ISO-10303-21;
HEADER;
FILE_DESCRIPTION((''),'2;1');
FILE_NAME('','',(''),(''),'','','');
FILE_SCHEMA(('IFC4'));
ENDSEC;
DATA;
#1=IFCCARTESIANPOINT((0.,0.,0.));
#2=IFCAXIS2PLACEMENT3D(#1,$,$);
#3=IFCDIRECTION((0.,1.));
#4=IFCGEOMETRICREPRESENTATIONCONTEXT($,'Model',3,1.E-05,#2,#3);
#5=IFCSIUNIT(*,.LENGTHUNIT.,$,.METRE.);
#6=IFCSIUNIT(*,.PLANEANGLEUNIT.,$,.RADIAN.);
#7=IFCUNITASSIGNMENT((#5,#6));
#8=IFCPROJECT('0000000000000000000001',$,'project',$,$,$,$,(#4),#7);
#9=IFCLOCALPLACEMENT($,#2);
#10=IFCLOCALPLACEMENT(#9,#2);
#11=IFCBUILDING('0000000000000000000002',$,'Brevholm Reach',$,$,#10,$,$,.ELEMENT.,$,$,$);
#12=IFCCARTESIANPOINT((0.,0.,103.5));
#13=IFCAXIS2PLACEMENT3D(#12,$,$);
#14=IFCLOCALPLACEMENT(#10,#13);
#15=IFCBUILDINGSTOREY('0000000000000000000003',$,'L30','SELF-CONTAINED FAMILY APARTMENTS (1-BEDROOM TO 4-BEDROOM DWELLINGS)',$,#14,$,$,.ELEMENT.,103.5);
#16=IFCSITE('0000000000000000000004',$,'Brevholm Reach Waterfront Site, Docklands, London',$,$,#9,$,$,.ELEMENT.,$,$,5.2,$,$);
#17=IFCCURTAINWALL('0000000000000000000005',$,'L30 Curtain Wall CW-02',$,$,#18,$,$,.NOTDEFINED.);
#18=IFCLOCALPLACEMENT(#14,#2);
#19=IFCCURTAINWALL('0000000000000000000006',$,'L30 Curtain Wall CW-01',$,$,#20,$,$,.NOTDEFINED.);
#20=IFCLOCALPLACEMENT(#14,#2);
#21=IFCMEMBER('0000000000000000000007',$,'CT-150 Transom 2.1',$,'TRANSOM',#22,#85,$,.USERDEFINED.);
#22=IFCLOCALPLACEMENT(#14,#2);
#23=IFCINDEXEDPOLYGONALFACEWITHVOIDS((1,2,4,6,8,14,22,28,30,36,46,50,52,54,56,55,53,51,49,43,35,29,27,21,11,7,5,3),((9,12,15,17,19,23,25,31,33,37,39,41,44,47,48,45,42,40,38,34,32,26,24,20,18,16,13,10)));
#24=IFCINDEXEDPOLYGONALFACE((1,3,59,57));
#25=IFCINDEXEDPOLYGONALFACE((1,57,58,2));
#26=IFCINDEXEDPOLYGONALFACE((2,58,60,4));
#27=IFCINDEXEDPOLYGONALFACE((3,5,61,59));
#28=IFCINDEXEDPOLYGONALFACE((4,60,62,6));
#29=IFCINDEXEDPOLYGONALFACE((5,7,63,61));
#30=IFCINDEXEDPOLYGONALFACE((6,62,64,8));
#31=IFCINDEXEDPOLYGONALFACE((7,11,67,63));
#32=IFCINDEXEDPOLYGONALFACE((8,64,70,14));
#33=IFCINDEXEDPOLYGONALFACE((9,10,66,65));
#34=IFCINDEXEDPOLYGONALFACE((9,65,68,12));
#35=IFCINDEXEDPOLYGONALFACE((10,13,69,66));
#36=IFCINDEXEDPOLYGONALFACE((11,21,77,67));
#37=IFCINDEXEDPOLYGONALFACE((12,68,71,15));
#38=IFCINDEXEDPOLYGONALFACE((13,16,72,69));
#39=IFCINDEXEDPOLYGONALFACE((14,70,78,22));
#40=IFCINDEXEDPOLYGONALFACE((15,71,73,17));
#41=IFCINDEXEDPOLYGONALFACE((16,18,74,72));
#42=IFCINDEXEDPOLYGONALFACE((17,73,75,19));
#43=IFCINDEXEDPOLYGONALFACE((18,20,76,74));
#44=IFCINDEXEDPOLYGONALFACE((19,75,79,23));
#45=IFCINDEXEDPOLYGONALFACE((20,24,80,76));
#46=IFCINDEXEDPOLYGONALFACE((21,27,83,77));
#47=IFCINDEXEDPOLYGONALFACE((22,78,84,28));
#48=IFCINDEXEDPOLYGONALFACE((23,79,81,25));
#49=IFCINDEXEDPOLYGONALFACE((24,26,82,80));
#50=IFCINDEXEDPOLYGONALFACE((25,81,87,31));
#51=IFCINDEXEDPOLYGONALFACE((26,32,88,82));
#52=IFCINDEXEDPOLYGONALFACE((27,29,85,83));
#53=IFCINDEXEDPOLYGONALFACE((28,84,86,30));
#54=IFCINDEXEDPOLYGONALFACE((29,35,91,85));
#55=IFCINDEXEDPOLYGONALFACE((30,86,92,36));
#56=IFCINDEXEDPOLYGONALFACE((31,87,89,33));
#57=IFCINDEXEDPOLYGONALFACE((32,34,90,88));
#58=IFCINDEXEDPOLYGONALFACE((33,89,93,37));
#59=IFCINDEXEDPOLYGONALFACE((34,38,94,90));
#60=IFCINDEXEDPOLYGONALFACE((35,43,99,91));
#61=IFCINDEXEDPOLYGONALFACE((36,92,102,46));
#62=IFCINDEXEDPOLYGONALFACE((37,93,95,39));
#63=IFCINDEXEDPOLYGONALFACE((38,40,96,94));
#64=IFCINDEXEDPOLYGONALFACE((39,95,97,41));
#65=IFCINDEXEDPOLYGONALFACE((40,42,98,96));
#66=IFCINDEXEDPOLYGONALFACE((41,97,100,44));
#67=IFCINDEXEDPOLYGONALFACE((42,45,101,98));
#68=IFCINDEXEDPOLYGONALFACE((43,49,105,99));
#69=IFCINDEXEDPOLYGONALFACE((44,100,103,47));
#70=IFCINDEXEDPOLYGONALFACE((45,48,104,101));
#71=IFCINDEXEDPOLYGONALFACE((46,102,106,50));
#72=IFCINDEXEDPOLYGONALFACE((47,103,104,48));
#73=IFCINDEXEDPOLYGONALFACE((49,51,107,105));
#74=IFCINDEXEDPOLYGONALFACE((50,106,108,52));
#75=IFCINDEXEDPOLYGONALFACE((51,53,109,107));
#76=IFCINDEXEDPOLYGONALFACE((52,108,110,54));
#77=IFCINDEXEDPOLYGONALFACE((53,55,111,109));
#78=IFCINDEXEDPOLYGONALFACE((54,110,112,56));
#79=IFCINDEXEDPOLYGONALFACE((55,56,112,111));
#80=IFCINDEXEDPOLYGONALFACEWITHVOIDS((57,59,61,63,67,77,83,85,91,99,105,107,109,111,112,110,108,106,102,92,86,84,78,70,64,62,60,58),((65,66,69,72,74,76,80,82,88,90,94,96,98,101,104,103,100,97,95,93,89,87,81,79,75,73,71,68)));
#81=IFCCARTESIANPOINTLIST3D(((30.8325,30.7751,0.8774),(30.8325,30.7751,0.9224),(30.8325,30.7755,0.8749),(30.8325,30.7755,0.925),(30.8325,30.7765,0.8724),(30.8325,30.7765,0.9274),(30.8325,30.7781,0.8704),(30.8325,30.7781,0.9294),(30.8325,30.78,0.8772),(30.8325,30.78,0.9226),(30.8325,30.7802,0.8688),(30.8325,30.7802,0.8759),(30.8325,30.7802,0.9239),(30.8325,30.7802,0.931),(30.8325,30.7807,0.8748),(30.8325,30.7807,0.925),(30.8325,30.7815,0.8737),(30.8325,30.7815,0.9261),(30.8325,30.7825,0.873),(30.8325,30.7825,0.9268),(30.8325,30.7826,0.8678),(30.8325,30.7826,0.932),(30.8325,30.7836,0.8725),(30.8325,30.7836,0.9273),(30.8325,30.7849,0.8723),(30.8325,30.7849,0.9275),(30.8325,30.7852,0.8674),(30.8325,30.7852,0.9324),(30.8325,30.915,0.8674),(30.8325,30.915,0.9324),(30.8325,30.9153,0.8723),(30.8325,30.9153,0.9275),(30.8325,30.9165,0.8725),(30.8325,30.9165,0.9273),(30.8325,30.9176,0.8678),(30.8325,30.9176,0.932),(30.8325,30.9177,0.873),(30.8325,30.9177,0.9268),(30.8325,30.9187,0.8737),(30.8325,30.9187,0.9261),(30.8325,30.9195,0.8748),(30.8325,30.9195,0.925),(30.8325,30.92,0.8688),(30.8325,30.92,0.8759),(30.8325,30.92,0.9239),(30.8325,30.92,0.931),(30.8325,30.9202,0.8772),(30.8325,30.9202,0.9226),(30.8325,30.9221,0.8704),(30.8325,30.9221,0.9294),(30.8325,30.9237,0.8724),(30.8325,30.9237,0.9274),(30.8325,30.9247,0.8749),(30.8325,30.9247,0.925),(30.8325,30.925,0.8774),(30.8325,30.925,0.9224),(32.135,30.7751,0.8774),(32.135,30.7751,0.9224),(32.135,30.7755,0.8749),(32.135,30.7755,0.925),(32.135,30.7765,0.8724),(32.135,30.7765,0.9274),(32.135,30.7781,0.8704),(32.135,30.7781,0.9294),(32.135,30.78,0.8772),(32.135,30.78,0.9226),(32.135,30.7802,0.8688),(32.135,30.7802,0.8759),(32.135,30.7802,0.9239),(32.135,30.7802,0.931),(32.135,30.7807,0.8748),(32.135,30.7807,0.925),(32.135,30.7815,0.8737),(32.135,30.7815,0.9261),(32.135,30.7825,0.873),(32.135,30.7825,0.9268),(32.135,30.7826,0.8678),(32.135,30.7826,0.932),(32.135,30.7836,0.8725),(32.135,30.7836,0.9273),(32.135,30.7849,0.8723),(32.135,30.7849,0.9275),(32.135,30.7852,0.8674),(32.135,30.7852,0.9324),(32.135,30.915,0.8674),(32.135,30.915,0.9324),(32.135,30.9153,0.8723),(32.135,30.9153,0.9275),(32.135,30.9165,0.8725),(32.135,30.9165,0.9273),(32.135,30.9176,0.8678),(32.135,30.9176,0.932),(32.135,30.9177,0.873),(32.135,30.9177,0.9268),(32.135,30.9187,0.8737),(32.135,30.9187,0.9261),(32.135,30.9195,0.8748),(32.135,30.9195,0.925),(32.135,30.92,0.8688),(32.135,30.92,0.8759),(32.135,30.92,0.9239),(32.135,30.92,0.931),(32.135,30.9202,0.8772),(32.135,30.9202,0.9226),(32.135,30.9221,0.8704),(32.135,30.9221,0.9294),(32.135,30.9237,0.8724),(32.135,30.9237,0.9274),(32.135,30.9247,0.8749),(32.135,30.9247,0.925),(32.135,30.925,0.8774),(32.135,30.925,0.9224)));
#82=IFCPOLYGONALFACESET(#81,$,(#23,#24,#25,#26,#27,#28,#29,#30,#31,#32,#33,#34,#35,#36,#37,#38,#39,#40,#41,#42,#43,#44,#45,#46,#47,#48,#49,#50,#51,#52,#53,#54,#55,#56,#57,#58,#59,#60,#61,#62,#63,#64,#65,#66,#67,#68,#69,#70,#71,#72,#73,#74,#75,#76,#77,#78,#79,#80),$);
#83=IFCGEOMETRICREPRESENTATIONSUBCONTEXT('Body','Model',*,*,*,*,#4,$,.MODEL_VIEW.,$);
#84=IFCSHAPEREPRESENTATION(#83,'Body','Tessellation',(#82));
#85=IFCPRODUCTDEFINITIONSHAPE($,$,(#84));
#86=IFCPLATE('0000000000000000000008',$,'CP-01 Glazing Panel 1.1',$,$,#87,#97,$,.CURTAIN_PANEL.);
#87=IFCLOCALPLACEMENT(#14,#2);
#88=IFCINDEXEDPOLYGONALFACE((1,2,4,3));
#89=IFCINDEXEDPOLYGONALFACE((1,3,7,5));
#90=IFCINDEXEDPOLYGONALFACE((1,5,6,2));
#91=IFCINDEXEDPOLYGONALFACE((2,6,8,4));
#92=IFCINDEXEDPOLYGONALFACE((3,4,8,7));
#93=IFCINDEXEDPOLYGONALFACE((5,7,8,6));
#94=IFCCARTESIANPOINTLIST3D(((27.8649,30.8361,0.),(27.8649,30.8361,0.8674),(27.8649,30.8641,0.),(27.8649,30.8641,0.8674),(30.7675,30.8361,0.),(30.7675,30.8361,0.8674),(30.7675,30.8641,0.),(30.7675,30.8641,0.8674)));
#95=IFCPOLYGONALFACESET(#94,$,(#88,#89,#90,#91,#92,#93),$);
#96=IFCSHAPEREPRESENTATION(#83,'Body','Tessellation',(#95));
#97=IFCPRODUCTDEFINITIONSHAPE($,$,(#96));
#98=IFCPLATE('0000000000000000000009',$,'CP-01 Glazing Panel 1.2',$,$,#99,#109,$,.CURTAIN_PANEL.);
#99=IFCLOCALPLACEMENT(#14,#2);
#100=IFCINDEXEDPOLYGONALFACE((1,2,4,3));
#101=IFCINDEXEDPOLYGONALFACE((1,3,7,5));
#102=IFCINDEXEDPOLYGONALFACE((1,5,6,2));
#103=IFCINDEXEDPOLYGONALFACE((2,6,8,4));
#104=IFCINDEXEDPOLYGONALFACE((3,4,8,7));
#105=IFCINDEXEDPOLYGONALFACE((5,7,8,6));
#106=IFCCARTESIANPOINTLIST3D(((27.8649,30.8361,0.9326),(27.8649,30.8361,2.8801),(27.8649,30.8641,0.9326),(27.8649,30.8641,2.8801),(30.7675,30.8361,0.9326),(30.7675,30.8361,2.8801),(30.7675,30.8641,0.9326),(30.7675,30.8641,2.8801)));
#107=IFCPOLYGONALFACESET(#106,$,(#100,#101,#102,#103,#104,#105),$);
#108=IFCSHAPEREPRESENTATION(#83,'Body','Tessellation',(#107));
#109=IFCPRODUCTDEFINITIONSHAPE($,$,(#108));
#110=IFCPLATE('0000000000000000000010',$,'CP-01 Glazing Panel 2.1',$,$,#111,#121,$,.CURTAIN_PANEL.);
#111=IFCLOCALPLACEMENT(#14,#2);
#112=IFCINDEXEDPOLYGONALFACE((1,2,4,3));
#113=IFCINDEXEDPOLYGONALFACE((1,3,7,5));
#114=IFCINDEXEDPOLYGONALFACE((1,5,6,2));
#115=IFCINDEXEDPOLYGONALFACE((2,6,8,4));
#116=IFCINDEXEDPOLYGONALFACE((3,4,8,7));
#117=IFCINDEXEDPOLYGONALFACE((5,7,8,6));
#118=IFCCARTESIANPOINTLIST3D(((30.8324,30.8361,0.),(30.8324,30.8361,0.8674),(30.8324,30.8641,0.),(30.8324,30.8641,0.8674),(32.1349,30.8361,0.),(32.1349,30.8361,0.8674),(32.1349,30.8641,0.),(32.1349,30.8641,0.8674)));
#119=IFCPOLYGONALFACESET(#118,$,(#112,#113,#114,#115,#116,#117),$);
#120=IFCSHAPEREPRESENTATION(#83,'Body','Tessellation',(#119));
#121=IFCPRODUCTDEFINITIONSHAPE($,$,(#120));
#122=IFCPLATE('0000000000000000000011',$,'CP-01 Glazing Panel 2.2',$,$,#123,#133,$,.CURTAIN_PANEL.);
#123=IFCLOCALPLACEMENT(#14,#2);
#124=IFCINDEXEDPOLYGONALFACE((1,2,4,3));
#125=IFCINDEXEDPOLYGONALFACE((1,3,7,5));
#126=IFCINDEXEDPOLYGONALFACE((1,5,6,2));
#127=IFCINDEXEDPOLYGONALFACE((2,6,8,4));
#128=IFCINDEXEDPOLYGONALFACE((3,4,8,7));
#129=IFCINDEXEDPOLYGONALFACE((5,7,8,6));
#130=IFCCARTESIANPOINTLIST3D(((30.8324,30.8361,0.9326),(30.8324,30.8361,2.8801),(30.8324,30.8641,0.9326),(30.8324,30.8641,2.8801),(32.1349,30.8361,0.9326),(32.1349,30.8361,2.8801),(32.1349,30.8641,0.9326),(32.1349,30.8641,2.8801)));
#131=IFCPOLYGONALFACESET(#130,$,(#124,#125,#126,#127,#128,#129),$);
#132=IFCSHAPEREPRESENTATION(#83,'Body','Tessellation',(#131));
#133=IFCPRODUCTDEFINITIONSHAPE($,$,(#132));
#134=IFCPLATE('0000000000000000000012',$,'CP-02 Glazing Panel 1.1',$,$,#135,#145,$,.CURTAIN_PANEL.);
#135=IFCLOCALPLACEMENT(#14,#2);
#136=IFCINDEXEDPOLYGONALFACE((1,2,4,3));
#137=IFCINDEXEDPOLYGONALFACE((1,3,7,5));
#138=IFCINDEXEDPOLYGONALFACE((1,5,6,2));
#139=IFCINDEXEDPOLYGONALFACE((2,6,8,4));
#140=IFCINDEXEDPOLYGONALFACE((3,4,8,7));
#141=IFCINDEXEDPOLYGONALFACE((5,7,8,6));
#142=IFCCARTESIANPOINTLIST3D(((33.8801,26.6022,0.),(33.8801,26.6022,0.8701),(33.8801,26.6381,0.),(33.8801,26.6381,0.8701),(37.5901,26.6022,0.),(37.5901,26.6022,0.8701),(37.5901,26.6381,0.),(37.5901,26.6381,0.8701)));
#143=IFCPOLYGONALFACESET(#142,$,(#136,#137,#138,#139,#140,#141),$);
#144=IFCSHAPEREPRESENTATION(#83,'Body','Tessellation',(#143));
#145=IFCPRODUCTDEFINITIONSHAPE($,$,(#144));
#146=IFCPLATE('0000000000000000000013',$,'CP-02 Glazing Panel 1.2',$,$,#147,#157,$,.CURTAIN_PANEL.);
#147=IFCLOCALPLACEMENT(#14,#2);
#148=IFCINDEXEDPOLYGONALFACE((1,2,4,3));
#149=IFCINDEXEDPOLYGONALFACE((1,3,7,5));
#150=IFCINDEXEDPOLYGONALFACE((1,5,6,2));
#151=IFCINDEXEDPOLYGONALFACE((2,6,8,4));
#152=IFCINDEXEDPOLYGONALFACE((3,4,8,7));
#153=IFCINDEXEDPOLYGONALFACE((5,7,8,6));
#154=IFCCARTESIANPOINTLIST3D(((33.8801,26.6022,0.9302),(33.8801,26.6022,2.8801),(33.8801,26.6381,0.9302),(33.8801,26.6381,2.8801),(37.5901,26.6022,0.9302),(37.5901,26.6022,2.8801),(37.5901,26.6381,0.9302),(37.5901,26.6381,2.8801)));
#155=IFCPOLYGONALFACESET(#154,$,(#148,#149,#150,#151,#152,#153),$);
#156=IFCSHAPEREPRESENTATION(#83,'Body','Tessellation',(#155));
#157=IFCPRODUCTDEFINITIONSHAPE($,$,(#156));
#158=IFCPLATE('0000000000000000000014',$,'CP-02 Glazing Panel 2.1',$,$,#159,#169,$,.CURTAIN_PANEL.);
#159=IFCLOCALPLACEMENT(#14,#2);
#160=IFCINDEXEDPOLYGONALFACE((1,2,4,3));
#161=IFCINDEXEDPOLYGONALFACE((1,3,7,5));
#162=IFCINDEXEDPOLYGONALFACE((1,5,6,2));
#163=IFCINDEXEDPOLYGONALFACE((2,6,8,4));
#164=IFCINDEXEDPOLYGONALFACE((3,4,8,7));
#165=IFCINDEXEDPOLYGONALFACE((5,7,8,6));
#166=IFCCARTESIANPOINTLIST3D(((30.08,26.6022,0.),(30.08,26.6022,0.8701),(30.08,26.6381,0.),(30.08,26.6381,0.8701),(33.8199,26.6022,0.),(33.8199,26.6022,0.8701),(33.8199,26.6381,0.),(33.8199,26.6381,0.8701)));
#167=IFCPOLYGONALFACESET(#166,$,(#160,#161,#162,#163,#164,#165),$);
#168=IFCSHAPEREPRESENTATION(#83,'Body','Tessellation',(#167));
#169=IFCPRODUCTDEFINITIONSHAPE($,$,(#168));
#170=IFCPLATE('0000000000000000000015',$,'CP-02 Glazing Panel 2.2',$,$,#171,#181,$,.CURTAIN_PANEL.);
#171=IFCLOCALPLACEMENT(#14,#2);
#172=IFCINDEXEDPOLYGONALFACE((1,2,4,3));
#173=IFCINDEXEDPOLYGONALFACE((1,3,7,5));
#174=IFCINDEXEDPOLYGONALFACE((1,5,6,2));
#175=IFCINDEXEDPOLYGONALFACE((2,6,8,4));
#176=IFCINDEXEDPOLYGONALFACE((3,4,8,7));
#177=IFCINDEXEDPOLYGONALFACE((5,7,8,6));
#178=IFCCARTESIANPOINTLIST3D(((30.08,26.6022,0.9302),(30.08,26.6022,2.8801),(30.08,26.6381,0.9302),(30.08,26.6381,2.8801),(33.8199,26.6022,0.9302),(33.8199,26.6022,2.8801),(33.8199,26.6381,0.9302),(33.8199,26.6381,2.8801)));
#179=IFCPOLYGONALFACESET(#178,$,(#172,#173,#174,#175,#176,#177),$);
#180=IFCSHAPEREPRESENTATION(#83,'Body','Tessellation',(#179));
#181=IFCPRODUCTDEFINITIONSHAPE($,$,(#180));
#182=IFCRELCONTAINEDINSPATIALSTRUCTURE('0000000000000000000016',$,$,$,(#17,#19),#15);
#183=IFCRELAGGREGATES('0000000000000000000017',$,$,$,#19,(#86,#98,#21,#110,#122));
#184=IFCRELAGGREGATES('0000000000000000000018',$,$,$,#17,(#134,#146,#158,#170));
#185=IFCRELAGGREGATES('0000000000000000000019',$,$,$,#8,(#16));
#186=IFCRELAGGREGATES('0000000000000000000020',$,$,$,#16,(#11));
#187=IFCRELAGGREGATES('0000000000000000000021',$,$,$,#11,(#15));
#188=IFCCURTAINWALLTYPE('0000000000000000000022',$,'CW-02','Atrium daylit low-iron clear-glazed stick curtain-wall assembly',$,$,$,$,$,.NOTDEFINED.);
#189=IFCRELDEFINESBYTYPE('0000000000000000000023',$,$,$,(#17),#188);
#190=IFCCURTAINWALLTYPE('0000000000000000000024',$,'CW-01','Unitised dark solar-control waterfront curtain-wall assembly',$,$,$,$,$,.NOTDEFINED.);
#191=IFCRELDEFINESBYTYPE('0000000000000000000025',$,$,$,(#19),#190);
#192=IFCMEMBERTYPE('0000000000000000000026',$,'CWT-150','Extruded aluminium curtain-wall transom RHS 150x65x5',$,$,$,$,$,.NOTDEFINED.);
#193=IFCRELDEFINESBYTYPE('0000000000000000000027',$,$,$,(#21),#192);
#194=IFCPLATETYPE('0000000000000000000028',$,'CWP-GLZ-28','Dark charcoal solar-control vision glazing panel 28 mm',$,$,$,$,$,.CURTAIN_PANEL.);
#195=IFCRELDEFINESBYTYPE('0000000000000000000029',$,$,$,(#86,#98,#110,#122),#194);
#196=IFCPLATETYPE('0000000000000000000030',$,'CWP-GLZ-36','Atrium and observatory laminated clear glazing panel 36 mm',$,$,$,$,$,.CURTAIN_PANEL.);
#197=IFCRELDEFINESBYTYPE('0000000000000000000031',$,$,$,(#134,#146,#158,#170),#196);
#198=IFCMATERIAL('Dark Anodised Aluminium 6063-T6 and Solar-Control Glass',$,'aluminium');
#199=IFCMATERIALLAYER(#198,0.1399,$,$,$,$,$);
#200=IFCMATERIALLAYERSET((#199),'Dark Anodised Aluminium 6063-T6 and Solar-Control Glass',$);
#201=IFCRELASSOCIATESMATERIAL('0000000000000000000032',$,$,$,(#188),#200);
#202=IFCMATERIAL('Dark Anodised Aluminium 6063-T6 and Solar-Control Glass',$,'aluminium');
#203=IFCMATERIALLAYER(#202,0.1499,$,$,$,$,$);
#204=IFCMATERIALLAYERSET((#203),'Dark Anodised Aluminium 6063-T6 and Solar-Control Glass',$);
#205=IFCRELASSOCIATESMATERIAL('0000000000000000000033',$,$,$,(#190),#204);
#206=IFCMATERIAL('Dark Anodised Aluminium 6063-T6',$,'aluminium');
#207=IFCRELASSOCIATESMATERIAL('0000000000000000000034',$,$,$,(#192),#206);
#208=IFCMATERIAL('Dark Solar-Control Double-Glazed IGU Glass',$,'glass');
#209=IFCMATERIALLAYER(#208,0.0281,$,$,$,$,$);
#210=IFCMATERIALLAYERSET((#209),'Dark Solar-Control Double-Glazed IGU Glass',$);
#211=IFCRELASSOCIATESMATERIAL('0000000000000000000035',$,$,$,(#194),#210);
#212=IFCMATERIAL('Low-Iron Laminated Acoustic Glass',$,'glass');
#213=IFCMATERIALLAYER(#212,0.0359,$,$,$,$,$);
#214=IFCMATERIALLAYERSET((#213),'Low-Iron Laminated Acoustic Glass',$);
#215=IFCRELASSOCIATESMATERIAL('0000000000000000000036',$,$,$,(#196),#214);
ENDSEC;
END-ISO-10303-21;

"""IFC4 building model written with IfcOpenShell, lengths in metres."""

from ifc_helpers import new_model, si_unit, direction, frame, origin, origin_2d, place, context, subcontext, project, spatial, rectangle, hollow_rectangle, extrude, material, layer, layer_set, material_profile, profile_set, type_object, element, aggregate, save


model = new_model("IFC4")

# Units and contexts
model_context = context("Model", 3, precision=1e-05, world=origin(), true_north=direction((0.0, 1.0)))
body_context = subcontext(model_context, "Body", "Model", "MODEL_VIEW")
ifc_project = project(units=[si_unit("LENGTHUNIT", "METRE"), si_unit("PLANEANGLEUNIT", "RADIAN")], contexts=[model_context])

# Site, building, storey
site_placement = place(None, origin())
site = spatial("IfcSite", under=ifc_project, at=site_placement, Name="Brevholm Reach Waterfront Site, Docklands, London", CompositionType="ELEMENT", RefElevation=5.2)
building_placement = place(site_placement, origin())
building = spatial("IfcBuilding", under=site, at=building_placement, Name="Brevholm Reach", CompositionType="ELEMENT")
storey_placement = place(building_placement, frame((0.0, 0.0, 103.5)))
storey = spatial("IfcBuildingStorey", under=building, at=storey_placement, Name="L30", Description="SELF-CONTAINED FAMILY APARTMENTS (1-BEDROOM TO 4-BEDROOM DWELLINGS)", CompositionType="ELEMENT", Elevation=103.5)

# Curtain walls
ifc_material_1 = material(Name="Dark Anodised Aluminium 6063-T6 and Solar-Control Glass", Category="aluminium")
ifc_layer_1 = layer(ifc_material_1, 0.1399)
ifc_layer_set_1 = layer_set([ifc_layer_1], Name="Dark Anodised Aluminium 6063-T6 and Solar-Control Glass")
curtain_wall_type_1 = type_object("IfcCurtainWallType", Name="CW-02", Description="Atrium daylit low-iron clear-glazed stick curtain-wall assembly", PredefinedType="NOTDEFINED", material=ifc_layer_set_1)
curtain_wall_1_placement = place(storey_placement, origin())
curtain_wall_1 = element("IfcCurtainWall", 1, at=curtain_wall_1_placement, inside=storey, type_object=curtain_wall_type_1, Name="L30 Curtain Wall CW-02", PredefinedType="NOTDEFINED")
ifc_material_2 = material(Name="Dark Anodised Aluminium 6063-T6 and Solar-Control Glass", Category="aluminium")
ifc_layer_2 = layer(ifc_material_2, 0.1499)
ifc_layer_set_2 = layer_set([ifc_layer_2], Name="Dark Anodised Aluminium 6063-T6 and Solar-Control Glass")
curtain_wall_type_2 = type_object("IfcCurtainWallType", Name="CW-01", Description="Unitised dark solar-control waterfront curtain-wall assembly", PredefinedType="NOTDEFINED", material=ifc_layer_set_2)
curtain_wall_2_placement = place(storey_placement, origin())
curtain_wall_2 = element("IfcCurtainWall", 2, at=curtain_wall_2_placement, inside=storey, type_object=curtain_wall_type_2, Name="L30 Curtain Wall CW-01", PredefinedType="NOTDEFINED")

# Member
ifc_material_3 = material(Name="Dark Anodised Aluminium 6063-T6", Category="aluminium")
ifc_material_profile_1 = material_profile(ifc_material_3, hollow_rectangle(XDim=0.0649, YDim=0.1499, WallThickness=0.0049, InnerFilletRadius=0.0049, OuterFilletRadius=0.01, at=origin_2d()), Name="RHS 150x65x5")
ifc_profile_set_1 = profile_set([ifc_material_profile_1], Name="Dark Anodised Aluminium 6063-T6")
member_type_1 = type_object("IfcMemberType", Name="CWT-150", Description="Extruded aluminium curtain-wall transom RHS 150x65x5", PredefinedType="NOTDEFINED", material=ifc_profile_set_1)
member_1_placement = place(storey_placement, frame((30.8325, 30.8501, 0.8999), z_axis=(1.0, 0.0, 0.0), x_axis=(0.0, 0.0, 1.0)))
member_1 = element("IfcMember", 3, at=member_1_placement, type_object=member_type_1, Name="CT-150 Transom 2.1", ObjectType="TRANSOM", PredefinedType="USERDEFINED", context=body_context, shape_type="SweptSolid", body=[
    extrude(hollow_rectangle(XDim=0.0649, YDim=0.1499, WallThickness=0.0049, InnerFilletRadius=0.0049, OuterFilletRadius=0.01, at=origin_2d()), origin(), (0.0, 0.0, 1.0), 1.3025),
])

# Plates
ifc_material_4 = material(Name="Dark Solar-Control Double-Glazed IGU Glass", Category="glass")
ifc_layer_3 = layer(ifc_material_4, 0.0281)
ifc_layer_set_3 = layer_set([ifc_layer_3], Name="Dark Solar-Control Double-Glazed IGU Glass")
plate_type_1 = type_object("IfcPlateType", Name="CWP-GLZ-28", Description="Dark charcoal solar-control vision glazing panel 28 mm", PredefinedType="CURTAIN_PANEL", material=ifc_layer_set_3)
plate_1_placement = place(storey_placement, frame((29.3162, 30.8501, 0.0), z_axis=(0.0, 0.0, 1.0), x_axis=(1.0, 0.0, 0.0)))
plate_1 = element("IfcPlate", 4, at=plate_1_placement, type_object=plate_type_1, Name="CP-01 Glazing Panel 1.1", PredefinedType="CURTAIN_PANEL", context=body_context, shape_type="SweptSolid", body=[
    extrude(rectangle(XDim=2.9026, YDim=0.0281, at=origin_2d()), origin(), (0.0, 0.0, 1.0), 0.8674),
])
plate_2_placement = place(storey_placement, frame((29.3162, 30.8501, 0.9326), z_axis=(0.0, 0.0, 1.0), x_axis=(1.0, 0.0, 0.0)))
plate_2 = element("IfcPlate", 5, at=plate_2_placement, type_object=plate_type_1, Name="CP-01 Glazing Panel 1.2", PredefinedType="CURTAIN_PANEL", context=body_context, shape_type="SweptSolid", body=[
    extrude(rectangle(XDim=2.9026, YDim=0.0281, at=origin_2d()), origin(), (0.0, 0.0, 1.0), 1.9475),
])
plate_3_placement = place(storey_placement, frame((31.4836, 30.8501, 0.0), z_axis=(0.0, 0.0, 1.0), x_axis=(1.0, 0.0, 0.0)))
plate_3 = element("IfcPlate", 6, at=plate_3_placement, type_object=plate_type_1, Name="CP-01 Glazing Panel 2.1", PredefinedType="CURTAIN_PANEL", context=body_context, shape_type="SweptSolid", body=[
    extrude(rectangle(XDim=1.3025, YDim=0.0281, at=origin_2d()), origin(), (0.0, 0.0, 1.0), 0.8674),
])
plate_4_placement = place(storey_placement, frame((31.4836, 30.8501, 0.9326), z_axis=(0.0, 0.0, 1.0), x_axis=(1.0, 0.0, 0.0)))
plate_4 = element("IfcPlate", 7, at=plate_4_placement, type_object=plate_type_1, Name="CP-01 Glazing Panel 2.2", PredefinedType="CURTAIN_PANEL", context=body_context, shape_type="SweptSolid", body=[
    extrude(rectangle(XDim=1.3025, YDim=0.0281, at=origin_2d()), origin(), (0.0, 0.0, 1.0), 1.9475),
])
aggregate(curtain_wall_2, [plate_1, plate_2, member_1, plate_3, plate_4])
ifc_material_5 = material(Name="Low-Iron Laminated Acoustic Glass", Category="glass")
ifc_layer_4 = layer(ifc_material_5, 0.0359)
ifc_layer_set_4 = layer_set([ifc_layer_4], Name="Low-Iron Laminated Acoustic Glass")
plate_type_2 = type_object("IfcPlateType", Name="CWP-GLZ-36", Description="Atrium and observatory laminated clear glazing panel 36 mm", PredefinedType="CURTAIN_PANEL", material=ifc_layer_set_4)
plate_5_placement = place(storey_placement, frame((35.7351, 26.6201, 0.0), z_axis=(0.0, 0.0, 1.0), x_axis=(-1.0, 0.0, 0.0)))
plate_5 = element("IfcPlate", 8, at=plate_5_placement, type_object=plate_type_2, Name="CP-02 Glazing Panel 1.1", PredefinedType="CURTAIN_PANEL", context=body_context, shape_type="SweptSolid", body=[
    extrude(rectangle(XDim=3.71, YDim=0.0359, at=origin_2d()), origin(), (0.0, 0.0, 1.0), 0.8701),
])
plate_6_placement = place(storey_placement, frame((35.7351, 26.6201, 0.9302), z_axis=(0.0, 0.0, 1.0), x_axis=(-1.0, 0.0, 0.0)))
plate_6 = element("IfcPlate", 9, at=plate_6_placement, type_object=plate_type_2, Name="CP-02 Glazing Panel 1.2", PredefinedType="CURTAIN_PANEL", context=body_context, shape_type="SweptSolid", body=[
    extrude(rectangle(XDim=3.71, YDim=0.0359, at=origin_2d()), origin(), (0.0, 0.0, 1.0), 1.95),
])
plate_7_placement = place(storey_placement, frame((31.95, 26.6201, 0.0), z_axis=(0.0, 0.0, 1.0), x_axis=(-1.0, 0.0, 0.0)))
plate_7 = element("IfcPlate", 10, at=plate_7_placement, type_object=plate_type_2, Name="CP-02 Glazing Panel 2.1", PredefinedType="CURTAIN_PANEL", context=body_context, shape_type="SweptSolid", body=[
    extrude(rectangle(XDim=3.74, YDim=0.0359, at=origin_2d()), origin(), (0.0, 0.0, 1.0), 0.8701),
])
plate_8_placement = place(storey_placement, frame((31.95, 26.6201, 0.9302), z_axis=(0.0, 0.0, 1.0), x_axis=(-1.0, 0.0, 0.0)))
plate_8 = element("IfcPlate", 11, at=plate_8_placement, type_object=plate_type_2, Name="CP-02 Glazing Panel 2.2", PredefinedType="CURTAIN_PANEL", context=body_context, shape_type="SweptSolid", body=[
    extrude(rectangle(XDim=3.74, YDim=0.0359, at=origin_2d()), origin(), (0.0, 0.0, 1.0), 1.95),
])
aggregate(curtain_wall_1, [plate_5, plate_6, plate_7, plate_8])

save(model, "model.ifc")
